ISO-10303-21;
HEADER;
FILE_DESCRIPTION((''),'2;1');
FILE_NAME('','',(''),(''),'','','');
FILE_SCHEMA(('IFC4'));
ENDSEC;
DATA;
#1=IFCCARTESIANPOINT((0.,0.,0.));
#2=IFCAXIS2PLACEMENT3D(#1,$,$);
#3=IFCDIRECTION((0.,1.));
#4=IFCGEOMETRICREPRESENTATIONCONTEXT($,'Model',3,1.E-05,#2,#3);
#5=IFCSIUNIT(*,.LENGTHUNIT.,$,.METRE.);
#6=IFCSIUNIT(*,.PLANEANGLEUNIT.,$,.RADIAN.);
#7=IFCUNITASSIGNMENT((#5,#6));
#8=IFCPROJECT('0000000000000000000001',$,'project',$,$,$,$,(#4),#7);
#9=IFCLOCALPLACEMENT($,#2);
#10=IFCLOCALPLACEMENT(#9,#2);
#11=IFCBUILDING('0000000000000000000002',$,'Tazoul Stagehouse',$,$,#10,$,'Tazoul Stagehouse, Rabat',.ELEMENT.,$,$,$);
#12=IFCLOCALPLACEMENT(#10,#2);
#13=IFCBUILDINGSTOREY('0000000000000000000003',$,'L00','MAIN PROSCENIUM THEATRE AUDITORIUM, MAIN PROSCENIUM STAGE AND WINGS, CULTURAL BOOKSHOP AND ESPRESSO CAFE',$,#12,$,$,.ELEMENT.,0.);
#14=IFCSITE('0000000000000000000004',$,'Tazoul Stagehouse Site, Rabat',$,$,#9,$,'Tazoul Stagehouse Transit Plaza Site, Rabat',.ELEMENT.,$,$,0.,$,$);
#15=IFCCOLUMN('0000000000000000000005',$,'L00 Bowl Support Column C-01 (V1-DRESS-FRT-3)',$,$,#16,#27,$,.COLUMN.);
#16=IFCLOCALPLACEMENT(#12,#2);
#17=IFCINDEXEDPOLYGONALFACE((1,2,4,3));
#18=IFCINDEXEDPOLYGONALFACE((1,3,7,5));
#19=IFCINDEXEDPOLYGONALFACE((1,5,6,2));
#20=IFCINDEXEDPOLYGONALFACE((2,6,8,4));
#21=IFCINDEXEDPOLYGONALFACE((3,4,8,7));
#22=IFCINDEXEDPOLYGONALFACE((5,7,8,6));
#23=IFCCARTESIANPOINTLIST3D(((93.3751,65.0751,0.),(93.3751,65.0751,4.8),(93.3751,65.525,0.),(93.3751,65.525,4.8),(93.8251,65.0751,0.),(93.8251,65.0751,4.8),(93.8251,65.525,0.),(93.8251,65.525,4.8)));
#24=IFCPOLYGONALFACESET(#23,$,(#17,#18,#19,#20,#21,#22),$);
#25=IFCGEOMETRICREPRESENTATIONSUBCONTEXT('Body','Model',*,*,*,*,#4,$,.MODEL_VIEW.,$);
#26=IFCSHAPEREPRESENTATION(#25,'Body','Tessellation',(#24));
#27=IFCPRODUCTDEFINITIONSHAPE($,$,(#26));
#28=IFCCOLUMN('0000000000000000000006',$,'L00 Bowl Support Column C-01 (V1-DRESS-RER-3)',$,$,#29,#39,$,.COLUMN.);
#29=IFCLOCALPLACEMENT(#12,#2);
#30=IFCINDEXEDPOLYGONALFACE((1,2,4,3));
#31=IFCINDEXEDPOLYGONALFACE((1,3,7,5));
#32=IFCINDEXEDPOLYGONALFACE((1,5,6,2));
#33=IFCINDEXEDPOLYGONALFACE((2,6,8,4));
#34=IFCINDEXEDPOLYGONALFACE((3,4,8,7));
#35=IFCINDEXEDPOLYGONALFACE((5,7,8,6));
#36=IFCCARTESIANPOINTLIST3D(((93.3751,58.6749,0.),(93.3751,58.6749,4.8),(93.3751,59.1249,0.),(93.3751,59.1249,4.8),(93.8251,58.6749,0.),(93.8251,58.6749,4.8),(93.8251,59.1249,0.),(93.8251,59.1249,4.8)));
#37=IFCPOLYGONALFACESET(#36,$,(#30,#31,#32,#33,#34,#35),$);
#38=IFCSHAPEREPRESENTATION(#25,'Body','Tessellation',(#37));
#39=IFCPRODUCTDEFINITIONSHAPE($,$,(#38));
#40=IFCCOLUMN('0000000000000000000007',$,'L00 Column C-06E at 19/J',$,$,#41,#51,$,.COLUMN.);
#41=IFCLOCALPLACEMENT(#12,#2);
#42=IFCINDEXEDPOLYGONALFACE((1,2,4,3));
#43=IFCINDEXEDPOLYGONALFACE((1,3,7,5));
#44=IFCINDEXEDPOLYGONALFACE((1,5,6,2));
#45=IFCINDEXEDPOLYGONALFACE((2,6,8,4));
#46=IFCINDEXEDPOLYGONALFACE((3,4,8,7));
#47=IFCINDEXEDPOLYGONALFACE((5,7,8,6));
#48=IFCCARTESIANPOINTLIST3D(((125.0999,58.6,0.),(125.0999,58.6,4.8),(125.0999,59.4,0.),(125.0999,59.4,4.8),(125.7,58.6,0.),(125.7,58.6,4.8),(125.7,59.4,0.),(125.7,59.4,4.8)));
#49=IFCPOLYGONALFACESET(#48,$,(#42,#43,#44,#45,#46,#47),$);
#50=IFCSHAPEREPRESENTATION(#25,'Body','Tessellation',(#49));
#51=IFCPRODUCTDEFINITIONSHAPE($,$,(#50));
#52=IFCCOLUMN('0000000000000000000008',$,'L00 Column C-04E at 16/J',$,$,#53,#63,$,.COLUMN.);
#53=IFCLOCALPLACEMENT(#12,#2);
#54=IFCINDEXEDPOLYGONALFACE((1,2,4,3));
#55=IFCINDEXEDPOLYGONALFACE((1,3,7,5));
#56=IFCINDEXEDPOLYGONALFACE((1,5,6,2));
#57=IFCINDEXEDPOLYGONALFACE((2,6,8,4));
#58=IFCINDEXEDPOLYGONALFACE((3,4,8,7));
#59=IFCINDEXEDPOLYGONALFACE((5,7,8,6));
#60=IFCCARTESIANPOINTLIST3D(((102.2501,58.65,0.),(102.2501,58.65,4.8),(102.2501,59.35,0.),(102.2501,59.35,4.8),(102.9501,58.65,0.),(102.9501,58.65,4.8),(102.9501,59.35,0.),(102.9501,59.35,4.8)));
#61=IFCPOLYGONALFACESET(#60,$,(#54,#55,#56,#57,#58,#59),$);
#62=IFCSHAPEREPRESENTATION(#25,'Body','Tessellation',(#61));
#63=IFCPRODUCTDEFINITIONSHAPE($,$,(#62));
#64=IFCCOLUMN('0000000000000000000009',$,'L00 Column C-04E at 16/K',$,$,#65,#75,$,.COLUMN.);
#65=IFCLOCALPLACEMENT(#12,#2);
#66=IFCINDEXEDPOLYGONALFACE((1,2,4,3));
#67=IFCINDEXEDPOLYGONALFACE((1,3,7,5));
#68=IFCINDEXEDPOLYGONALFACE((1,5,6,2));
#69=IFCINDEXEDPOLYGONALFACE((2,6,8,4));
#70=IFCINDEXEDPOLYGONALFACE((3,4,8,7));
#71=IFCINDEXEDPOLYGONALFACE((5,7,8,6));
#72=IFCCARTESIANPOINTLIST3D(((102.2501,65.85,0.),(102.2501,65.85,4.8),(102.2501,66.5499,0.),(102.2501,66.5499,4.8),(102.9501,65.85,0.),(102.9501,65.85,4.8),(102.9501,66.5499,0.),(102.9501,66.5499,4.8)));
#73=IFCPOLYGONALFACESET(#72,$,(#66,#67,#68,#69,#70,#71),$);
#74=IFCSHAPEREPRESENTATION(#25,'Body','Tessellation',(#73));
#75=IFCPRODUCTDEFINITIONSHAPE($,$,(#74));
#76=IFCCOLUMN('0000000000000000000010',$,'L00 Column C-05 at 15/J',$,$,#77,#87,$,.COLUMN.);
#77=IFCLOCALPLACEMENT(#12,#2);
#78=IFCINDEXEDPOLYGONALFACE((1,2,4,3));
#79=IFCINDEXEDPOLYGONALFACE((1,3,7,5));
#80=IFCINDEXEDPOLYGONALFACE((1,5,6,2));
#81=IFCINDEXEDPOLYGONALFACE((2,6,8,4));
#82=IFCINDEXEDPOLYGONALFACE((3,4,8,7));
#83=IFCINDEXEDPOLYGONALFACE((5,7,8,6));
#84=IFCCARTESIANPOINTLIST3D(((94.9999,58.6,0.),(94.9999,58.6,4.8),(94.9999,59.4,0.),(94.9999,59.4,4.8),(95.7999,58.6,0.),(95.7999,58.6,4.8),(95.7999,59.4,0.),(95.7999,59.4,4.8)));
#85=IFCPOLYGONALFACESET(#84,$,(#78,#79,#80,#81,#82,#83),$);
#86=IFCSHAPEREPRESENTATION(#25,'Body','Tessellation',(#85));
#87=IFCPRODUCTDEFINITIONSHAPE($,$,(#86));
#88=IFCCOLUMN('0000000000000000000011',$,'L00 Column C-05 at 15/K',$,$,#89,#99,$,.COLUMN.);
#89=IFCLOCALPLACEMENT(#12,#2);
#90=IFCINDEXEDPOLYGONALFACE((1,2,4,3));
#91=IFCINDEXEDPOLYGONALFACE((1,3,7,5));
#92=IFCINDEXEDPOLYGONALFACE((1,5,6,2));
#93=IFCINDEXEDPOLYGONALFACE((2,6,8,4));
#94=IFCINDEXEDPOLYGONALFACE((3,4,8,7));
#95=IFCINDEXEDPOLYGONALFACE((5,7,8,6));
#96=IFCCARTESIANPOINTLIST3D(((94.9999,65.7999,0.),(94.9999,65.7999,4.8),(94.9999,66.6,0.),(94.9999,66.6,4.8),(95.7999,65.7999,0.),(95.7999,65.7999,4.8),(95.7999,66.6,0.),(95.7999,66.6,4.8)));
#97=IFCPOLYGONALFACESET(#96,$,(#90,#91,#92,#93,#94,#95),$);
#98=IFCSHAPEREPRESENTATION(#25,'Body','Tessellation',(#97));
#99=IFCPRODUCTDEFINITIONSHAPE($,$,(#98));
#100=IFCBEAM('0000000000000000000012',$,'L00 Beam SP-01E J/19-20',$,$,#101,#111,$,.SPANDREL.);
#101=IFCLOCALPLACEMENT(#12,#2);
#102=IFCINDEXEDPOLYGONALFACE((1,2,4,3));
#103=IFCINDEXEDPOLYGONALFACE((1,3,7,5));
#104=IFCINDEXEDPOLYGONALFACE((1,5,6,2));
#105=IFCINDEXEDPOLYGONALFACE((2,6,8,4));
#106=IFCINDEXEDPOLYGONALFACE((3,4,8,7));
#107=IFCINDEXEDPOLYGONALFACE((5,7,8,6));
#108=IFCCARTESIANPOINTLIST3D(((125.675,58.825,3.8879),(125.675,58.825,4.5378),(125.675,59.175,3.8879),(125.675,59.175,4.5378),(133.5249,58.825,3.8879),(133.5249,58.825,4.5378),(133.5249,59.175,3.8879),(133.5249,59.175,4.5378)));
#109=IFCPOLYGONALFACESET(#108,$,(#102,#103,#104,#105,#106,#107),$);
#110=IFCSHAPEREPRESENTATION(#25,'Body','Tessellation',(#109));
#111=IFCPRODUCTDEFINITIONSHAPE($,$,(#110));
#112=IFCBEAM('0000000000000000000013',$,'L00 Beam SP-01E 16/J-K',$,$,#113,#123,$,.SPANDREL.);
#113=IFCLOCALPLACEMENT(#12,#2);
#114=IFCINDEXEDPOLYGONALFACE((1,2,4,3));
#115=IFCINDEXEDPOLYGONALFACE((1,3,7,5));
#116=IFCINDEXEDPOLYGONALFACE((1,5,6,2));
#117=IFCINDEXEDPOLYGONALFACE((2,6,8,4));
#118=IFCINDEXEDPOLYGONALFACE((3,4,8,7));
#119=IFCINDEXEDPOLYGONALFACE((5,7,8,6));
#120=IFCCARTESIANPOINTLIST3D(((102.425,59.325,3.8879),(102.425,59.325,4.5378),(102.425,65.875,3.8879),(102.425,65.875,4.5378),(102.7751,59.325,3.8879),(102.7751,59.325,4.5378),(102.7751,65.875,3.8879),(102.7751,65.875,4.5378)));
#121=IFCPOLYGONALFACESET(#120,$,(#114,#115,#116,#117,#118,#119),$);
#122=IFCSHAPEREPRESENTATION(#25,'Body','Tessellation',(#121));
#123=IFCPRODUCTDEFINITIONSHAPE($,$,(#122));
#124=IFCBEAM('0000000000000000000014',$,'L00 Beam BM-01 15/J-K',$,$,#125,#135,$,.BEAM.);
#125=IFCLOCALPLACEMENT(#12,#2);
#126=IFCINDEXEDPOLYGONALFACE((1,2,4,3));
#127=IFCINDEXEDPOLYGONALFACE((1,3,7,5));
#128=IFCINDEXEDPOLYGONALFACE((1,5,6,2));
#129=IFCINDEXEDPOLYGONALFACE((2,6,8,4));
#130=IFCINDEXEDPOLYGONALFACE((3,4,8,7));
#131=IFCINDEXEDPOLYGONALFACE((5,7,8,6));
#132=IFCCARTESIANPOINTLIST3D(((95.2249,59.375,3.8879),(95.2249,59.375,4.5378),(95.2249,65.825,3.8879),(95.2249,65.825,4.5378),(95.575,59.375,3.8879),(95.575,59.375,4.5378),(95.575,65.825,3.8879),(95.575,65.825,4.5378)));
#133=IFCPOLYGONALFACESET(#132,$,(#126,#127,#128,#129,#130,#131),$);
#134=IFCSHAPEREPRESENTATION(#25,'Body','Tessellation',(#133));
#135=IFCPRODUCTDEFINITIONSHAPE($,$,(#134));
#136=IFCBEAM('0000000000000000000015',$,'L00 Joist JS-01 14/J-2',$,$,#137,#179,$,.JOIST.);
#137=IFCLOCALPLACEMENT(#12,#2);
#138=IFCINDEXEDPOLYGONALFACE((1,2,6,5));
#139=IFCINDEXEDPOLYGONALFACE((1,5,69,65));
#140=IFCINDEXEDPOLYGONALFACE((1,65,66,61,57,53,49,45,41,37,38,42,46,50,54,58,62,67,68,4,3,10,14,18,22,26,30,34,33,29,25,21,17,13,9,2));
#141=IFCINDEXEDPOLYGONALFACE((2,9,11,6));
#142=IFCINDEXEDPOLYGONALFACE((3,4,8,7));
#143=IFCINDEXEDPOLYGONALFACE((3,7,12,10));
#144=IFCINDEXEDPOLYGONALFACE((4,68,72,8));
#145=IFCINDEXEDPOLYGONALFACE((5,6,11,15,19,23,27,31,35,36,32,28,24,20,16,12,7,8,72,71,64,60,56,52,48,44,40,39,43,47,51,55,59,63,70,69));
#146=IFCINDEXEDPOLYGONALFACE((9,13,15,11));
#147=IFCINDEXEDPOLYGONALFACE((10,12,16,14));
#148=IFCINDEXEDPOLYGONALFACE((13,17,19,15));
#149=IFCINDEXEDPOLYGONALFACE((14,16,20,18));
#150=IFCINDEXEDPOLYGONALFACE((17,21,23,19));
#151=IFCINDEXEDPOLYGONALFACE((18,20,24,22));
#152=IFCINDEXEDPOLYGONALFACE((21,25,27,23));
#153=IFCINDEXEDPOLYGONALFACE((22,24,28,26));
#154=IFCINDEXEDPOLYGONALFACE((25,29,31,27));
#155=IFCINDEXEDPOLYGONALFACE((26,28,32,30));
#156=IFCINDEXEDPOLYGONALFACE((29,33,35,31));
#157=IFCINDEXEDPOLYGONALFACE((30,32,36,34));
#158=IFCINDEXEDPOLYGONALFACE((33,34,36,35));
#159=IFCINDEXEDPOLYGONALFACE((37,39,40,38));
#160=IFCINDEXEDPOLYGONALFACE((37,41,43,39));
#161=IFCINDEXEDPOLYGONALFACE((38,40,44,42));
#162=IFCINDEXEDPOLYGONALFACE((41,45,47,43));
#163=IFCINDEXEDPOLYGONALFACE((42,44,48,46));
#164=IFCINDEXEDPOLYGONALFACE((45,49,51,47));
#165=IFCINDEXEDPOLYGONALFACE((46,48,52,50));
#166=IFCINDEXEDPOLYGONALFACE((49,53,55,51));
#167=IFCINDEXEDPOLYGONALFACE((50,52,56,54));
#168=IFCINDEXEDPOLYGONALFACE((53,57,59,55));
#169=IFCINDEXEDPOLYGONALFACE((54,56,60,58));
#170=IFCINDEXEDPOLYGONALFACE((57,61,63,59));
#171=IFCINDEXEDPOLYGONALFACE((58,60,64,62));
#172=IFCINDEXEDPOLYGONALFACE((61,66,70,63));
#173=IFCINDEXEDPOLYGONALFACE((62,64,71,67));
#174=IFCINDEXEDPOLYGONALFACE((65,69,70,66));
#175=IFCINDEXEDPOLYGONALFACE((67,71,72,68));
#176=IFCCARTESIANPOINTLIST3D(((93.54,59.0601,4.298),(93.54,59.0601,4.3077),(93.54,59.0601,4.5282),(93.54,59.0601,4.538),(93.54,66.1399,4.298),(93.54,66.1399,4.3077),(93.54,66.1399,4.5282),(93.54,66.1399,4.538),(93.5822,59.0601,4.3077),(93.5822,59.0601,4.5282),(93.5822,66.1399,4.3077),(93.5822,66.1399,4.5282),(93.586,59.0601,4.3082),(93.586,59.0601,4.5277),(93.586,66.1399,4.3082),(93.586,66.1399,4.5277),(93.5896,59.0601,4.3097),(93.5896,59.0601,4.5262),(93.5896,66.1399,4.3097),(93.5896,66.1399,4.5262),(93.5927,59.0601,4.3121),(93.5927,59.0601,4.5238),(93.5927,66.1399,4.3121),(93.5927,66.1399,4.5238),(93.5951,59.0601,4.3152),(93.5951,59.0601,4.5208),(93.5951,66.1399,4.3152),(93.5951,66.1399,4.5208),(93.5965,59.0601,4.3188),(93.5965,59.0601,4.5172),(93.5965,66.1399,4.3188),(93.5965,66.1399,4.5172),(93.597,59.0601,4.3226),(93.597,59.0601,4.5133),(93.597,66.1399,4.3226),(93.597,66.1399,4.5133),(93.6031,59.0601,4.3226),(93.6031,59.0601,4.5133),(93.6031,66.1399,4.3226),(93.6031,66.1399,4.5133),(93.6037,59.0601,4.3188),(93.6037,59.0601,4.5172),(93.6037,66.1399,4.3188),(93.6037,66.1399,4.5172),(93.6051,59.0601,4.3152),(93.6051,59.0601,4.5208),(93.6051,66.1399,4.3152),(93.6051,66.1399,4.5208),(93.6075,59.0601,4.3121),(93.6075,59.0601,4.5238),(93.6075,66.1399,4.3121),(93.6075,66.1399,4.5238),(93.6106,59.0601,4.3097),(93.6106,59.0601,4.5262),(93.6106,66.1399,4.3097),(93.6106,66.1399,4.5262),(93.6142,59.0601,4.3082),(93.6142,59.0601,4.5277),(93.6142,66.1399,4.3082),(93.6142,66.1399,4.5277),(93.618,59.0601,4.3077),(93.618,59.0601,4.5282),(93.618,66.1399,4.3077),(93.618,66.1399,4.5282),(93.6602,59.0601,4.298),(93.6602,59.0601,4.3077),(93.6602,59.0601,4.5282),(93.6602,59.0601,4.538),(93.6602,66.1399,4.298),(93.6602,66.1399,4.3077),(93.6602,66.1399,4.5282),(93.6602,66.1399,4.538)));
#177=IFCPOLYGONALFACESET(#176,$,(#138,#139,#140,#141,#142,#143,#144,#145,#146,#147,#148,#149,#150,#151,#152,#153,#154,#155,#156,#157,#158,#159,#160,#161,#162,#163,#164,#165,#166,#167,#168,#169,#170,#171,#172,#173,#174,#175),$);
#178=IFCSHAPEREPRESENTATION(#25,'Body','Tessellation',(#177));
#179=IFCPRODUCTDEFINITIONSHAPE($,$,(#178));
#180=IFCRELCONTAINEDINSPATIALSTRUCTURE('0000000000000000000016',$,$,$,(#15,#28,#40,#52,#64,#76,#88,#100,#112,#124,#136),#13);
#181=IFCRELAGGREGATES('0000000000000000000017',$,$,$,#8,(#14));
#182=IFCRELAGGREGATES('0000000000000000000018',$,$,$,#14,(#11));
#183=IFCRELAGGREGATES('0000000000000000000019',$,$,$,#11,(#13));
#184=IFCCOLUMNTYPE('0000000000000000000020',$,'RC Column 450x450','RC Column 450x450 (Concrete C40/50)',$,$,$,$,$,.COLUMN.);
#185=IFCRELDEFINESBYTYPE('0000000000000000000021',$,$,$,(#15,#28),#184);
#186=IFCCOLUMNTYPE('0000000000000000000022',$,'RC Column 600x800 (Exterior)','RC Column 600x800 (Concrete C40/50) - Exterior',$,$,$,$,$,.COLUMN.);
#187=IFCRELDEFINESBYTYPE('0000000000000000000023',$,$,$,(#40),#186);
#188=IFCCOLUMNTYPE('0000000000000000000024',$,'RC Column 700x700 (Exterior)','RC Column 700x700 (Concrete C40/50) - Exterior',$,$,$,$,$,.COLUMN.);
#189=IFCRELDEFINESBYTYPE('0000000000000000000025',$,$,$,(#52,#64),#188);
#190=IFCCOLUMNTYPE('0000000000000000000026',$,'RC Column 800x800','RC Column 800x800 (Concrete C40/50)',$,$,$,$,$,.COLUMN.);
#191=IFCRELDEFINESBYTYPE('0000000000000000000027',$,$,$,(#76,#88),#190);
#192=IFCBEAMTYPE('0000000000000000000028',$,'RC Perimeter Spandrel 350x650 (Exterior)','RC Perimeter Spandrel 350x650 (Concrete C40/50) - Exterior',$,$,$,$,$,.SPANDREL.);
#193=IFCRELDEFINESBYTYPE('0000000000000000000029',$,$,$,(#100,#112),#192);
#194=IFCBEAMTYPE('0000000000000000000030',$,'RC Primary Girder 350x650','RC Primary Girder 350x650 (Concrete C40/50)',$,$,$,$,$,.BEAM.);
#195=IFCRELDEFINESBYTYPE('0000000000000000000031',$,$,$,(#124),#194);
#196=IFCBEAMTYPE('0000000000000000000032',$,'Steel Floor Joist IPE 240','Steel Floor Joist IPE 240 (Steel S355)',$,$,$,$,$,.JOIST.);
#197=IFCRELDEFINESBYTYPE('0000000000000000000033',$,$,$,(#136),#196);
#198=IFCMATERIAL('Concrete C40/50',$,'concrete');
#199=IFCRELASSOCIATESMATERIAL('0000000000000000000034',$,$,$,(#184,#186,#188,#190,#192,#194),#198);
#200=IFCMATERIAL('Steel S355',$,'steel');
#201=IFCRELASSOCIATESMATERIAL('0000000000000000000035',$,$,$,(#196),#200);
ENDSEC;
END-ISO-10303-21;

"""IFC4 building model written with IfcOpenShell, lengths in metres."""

from ifc_helpers import new_model, si_unit, direction, frame, origin, origin_2d, place, context, subcontext, project, spatial, rectangle, i_section, extrude, material, material_profile, profile_set, type_object, element, save


model = new_model("IFC4")

# Units and contexts
model_context = context("Model", 3, precision=1e-05, world=origin(), true_north=direction((0.0, 1.0)))
body_context = subcontext(model_context, "Body", "Model", "MODEL_VIEW")
ifc_project = project(units=[si_unit("LENGTHUNIT", "METRE"), si_unit("PLANEANGLEUNIT", "RADIAN")], contexts=[model_context])

# Site, building, storey
site_placement = place(None, origin())
site = spatial("IfcSite", under=ifc_project, at=site_placement, Name="Tazoul Stagehouse Site, Rabat", LongName="Tazoul Stagehouse Transit Plaza Site, Rabat", CompositionType="ELEMENT", RefElevation=0.0)
building_placement = place(site_placement, origin())
building = spatial("IfcBuilding", under=site, at=building_placement, Name="Tazoul Stagehouse", LongName="Tazoul Stagehouse, Rabat", CompositionType="ELEMENT")
storey_placement = place(building_placement, origin())
storey = spatial("IfcBuildingStorey", under=building, at=storey_placement, Name="L00", Description="MAIN PROSCENIUM THEATRE AUDITORIUM, MAIN PROSCENIUM STAGE AND WINGS, CULTURAL BOOKSHOP AND ESPRESSO CAFE", CompositionType="ELEMENT", Elevation=0.0)

# Columns
ifc_material_1 = material(Name="Concrete C40/50", Category="concrete")
ifc_material_profile_1 = material_profile(ifc_material_1, rectangle(XDim=0.45, YDim=0.45, at=origin_2d()), Name="RC 450x450")
ifc_profile_set_1 = profile_set([ifc_material_profile_1], Name="Concrete C40/50")
column_type_1 = type_object("IfcColumnType", Name="RC Column 450x450", Description="RC Column 450x450 (Concrete C40/50)", PredefinedType="COLUMN", material=ifc_profile_set_1)
for number, where, z_axis, x_axis, name in (
    (1, (93.6001, 65.3, 0.0), (0.0, 0.0, 1.0), (1.0, 0.0, 0.0), "L00 Bowl Support Column C-01 (V1-DRESS-FRT-3)"),
    (2, (93.6001, 58.8999, 0.0), (0.0, 0.0, 1.0), (1.0, 0.0, 0.0), "L00 Bowl Support Column C-01 (V1-DRESS-RER-3)"),
):
    element("IfcColumn", number, at=place(storey_placement, frame(where, z_axis=z_axis, x_axis=x_axis)), inside=storey, type_object=column_type_1, Name=name, PredefinedType="COLUMN", context=body_context, shape_type="SweptSolid", body=[
        extrude(rectangle(XDim=0.45, YDim=0.45, at=origin_2d()), origin(), (0.0, 0.0, 1.0), 4.8),
    ])
ifc_material_profile_2 = material_profile(ifc_material_1, rectangle(XDim=0.6001, YDim=0.8, at=origin_2d()), Name="RC 600x800")
ifc_profile_set_2 = profile_set([ifc_material_profile_2], Name="Concrete C40/50")
column_type_2 = type_object("IfcColumnType", Name="RC Column 600x800 (Exterior)", Description="RC Column 600x800 (Concrete C40/50) - Exterior", PredefinedType="COLUMN", material=ifc_profile_set_2)
column_placement = place(storey_placement, frame((125.3999, 59.0, 0.0), z_axis=(0.0, 0.0, 1.0), x_axis=(1.0, 0.0, 0.0)))
element("IfcColumn", 3, at=column_placement, inside=storey, type_object=column_type_2, Name="L00 Column C-06E at 19/J", PredefinedType="COLUMN", context=body_context, shape_type="SweptSolid", body=[
    extrude(rectangle(XDim=0.6001, YDim=0.8, at=origin_2d()), origin(), (0.0, 0.0, 1.0), 4.8),
])
ifc_material_profile_3 = material_profile(ifc_material_1, rectangle(XDim=0.7, YDim=0.7, at=origin_2d()), Name="RC 700x700")
ifc_profile_set_3 = profile_set([ifc_material_profile_3], Name="Concrete C40/50")
column_type_3 = type_object("IfcColumnType", Name="RC Column 700x700 (Exterior)", Description="RC Column 700x700 (Concrete C40/50) - Exterior", PredefinedType="COLUMN", material=ifc_profile_set_3)
for number, where, z_axis, x_axis, name in (
    (4, (102.6001, 59.0, 0.0), (0.0, 0.0, 1.0), (1.0, 0.0, 0.0), "L00 Column C-04E at 16/J"),
    (5, (102.6001, 66.2, 0.0), (0.0, 0.0, 1.0), (1.0, 0.0, 0.0), "L00 Column C-04E at 16/K"),
):
    element("IfcColumn", number, at=place(storey_placement, frame(where, z_axis=z_axis, x_axis=x_axis)), inside=storey, type_object=column_type_3, Name=name, PredefinedType="COLUMN", context=body_context, shape_type="SweptSolid", body=[
        extrude(rectangle(XDim=0.7, YDim=0.7, at=origin_2d()), origin(), (0.0, 0.0, 1.0), 4.8),
    ])
ifc_material_profile_4 = material_profile(ifc_material_1, rectangle(XDim=0.8, YDim=0.8, at=origin_2d()), Name="RC 800x800")
ifc_profile_set_4 = profile_set([ifc_material_profile_4], Name="Concrete C40/50")
column_type_4 = type_object("IfcColumnType", Name="RC Column 800x800", Description="RC Column 800x800 (Concrete C40/50)", PredefinedType="COLUMN", material=ifc_profile_set_4)
for number, where, z_axis, x_axis, name in (
    (6, (95.3999, 59.0, 0.0), (0.0, 0.0, 1.0), (1.0, 0.0, 0.0), "L00 Column C-05 at 15/J"),
    (7, (95.3999, 66.2, 0.0), (0.0, 0.0, 1.0), (1.0, 0.0, 0.0), "L00 Column C-05 at 15/K"),
):
    element("IfcColumn", number, at=place(storey_placement, frame(where, z_axis=z_axis, x_axis=x_axis)), inside=storey, type_object=column_type_4, Name=name, PredefinedType="COLUMN", context=body_context, shape_type="SweptSolid", body=[
        extrude(rectangle(XDim=0.8, YDim=0.8, at=origin_2d()), origin(), (0.0, 0.0, 1.0), 4.8),
    ])

# Beams
ifc_material_profile_5 = material_profile(ifc_material_1, rectangle(XDim=0.3501, YDim=0.6499, at=origin_2d()), Name="RC 350x650")
ifc_profile_set_5 = profile_set([ifc_material_profile_5], Name="Concrete C40/50")
beam_type_1 = type_object("IfcBeamType", Name="RC Perimeter Spandrel 350x650 (Exterior)", Description="RC Perimeter Spandrel 350x650 (Concrete C40/50) - Exterior", PredefinedType="SPANDREL", material=ifc_profile_set_5)
beam_1_placement = place(storey_placement, frame((125.675, 59.0, 4.2129), z_axis=(1.0, 0.0, 0.0), x_axis=(0.0, 1.0, 0.0)))
element("IfcBeam", 8, at=beam_1_placement, inside=storey, type_object=beam_type_1, Name="L00 Beam SP-01E J/19-20", PredefinedType="SPANDREL", context=body_context, shape_type="SweptSolid", body=[
    extrude(rectangle(XDim=0.3501, YDim=0.6499, at=origin_2d()), origin(), (0.0, 0.0, 1.0), 7.8499),
])
beam_2_placement = place(storey_placement, frame((102.6001, 59.325, 4.2129), z_axis=(0.0, 1.0, 0.0), x_axis=(-1.0, 0.0, 0.0)))
element("IfcBeam", 9, at=beam_2_placement, inside=storey, type_object=beam_type_1, Name="L00 Beam SP-01E 16/J-K", PredefinedType="SPANDREL", context=body_context, shape_type="SweptSolid", body=[
    extrude(rectangle(XDim=0.3501, YDim=0.6499, at=origin_2d()), origin(), (0.0, 0.0, 1.0), 6.55),
])
ifc_material_profile_6 = material_profile(ifc_material_1, rectangle(XDim=0.3501, YDim=0.6499, at=origin_2d()), Name="RC 350x650")
ifc_profile_set_6 = profile_set([ifc_material_profile_6], Name="Concrete C40/50")
beam_type_2 = type_object("IfcBeamType", Name="RC Primary Girder 350x650", Description="RC Primary Girder 350x650 (Concrete C40/50)", PredefinedType="BEAM", material=ifc_profile_set_6)
beam_3_placement = place(storey_placement, frame((95.3999, 59.375, 4.2129), z_axis=(0.0, 1.0, 0.0), x_axis=(-1.0, 0.0, 0.0)))
element("IfcBeam", 10, at=beam_3_placement, inside=storey, type_object=beam_type_2, Name="L00 Beam BM-01 15/J-K", PredefinedType="BEAM", context=body_context, shape_type="SweptSolid", body=[
    extrude(rectangle(XDim=0.3501, YDim=0.6499, at=origin_2d()), origin(), (0.0, 0.0, 1.0), 6.45),
])
ifc_material_2 = material(Name="Steel S355", Category="steel")
ifc_material_profile_7 = material_profile(ifc_material_2, i_section(OverallWidth=0.1201, OverallDepth=0.24, WebThickness=0.0061, FlangeThickness=0.0098, FilletRadius=0.0149, at=origin_2d()), Name="IPE 240")
ifc_profile_set_7 = profile_set([ifc_material_profile_7], Name="Steel S355")
beam_type_3 = type_object("IfcBeamType", Name="Steel Floor Joist IPE 240", Description="Steel Floor Joist IPE 240 (Steel S355)", PredefinedType="JOIST", material=ifc_profile_set_7)
for number, where, z_axis, x_axis, name in (
    (11, (93.6001, 59.0601, 4.418), (0.0, 1.0, 0.0), (-1.0, 0.0, 0.0), "L00 Joist JS-01 14/J-2"),
):
    element("IfcBeam", number, at=place(storey_placement, frame(where, z_axis=z_axis, x_axis=x_axis)), inside=storey, type_object=beam_type_3, Name=name, PredefinedType="JOIST", context=body_context, shape_type="SweptSolid", body=[
        extrude(i_section(OverallWidth=0.1201, OverallDepth=0.24, WebThickness=0.0061, FlangeThickness=0.0098, FilletRadius=0.0149, at=origin_2d()), origin(), (0.0, 0.0, 1.0), 7.0798),
    ])

save(model, "model.ifc")
